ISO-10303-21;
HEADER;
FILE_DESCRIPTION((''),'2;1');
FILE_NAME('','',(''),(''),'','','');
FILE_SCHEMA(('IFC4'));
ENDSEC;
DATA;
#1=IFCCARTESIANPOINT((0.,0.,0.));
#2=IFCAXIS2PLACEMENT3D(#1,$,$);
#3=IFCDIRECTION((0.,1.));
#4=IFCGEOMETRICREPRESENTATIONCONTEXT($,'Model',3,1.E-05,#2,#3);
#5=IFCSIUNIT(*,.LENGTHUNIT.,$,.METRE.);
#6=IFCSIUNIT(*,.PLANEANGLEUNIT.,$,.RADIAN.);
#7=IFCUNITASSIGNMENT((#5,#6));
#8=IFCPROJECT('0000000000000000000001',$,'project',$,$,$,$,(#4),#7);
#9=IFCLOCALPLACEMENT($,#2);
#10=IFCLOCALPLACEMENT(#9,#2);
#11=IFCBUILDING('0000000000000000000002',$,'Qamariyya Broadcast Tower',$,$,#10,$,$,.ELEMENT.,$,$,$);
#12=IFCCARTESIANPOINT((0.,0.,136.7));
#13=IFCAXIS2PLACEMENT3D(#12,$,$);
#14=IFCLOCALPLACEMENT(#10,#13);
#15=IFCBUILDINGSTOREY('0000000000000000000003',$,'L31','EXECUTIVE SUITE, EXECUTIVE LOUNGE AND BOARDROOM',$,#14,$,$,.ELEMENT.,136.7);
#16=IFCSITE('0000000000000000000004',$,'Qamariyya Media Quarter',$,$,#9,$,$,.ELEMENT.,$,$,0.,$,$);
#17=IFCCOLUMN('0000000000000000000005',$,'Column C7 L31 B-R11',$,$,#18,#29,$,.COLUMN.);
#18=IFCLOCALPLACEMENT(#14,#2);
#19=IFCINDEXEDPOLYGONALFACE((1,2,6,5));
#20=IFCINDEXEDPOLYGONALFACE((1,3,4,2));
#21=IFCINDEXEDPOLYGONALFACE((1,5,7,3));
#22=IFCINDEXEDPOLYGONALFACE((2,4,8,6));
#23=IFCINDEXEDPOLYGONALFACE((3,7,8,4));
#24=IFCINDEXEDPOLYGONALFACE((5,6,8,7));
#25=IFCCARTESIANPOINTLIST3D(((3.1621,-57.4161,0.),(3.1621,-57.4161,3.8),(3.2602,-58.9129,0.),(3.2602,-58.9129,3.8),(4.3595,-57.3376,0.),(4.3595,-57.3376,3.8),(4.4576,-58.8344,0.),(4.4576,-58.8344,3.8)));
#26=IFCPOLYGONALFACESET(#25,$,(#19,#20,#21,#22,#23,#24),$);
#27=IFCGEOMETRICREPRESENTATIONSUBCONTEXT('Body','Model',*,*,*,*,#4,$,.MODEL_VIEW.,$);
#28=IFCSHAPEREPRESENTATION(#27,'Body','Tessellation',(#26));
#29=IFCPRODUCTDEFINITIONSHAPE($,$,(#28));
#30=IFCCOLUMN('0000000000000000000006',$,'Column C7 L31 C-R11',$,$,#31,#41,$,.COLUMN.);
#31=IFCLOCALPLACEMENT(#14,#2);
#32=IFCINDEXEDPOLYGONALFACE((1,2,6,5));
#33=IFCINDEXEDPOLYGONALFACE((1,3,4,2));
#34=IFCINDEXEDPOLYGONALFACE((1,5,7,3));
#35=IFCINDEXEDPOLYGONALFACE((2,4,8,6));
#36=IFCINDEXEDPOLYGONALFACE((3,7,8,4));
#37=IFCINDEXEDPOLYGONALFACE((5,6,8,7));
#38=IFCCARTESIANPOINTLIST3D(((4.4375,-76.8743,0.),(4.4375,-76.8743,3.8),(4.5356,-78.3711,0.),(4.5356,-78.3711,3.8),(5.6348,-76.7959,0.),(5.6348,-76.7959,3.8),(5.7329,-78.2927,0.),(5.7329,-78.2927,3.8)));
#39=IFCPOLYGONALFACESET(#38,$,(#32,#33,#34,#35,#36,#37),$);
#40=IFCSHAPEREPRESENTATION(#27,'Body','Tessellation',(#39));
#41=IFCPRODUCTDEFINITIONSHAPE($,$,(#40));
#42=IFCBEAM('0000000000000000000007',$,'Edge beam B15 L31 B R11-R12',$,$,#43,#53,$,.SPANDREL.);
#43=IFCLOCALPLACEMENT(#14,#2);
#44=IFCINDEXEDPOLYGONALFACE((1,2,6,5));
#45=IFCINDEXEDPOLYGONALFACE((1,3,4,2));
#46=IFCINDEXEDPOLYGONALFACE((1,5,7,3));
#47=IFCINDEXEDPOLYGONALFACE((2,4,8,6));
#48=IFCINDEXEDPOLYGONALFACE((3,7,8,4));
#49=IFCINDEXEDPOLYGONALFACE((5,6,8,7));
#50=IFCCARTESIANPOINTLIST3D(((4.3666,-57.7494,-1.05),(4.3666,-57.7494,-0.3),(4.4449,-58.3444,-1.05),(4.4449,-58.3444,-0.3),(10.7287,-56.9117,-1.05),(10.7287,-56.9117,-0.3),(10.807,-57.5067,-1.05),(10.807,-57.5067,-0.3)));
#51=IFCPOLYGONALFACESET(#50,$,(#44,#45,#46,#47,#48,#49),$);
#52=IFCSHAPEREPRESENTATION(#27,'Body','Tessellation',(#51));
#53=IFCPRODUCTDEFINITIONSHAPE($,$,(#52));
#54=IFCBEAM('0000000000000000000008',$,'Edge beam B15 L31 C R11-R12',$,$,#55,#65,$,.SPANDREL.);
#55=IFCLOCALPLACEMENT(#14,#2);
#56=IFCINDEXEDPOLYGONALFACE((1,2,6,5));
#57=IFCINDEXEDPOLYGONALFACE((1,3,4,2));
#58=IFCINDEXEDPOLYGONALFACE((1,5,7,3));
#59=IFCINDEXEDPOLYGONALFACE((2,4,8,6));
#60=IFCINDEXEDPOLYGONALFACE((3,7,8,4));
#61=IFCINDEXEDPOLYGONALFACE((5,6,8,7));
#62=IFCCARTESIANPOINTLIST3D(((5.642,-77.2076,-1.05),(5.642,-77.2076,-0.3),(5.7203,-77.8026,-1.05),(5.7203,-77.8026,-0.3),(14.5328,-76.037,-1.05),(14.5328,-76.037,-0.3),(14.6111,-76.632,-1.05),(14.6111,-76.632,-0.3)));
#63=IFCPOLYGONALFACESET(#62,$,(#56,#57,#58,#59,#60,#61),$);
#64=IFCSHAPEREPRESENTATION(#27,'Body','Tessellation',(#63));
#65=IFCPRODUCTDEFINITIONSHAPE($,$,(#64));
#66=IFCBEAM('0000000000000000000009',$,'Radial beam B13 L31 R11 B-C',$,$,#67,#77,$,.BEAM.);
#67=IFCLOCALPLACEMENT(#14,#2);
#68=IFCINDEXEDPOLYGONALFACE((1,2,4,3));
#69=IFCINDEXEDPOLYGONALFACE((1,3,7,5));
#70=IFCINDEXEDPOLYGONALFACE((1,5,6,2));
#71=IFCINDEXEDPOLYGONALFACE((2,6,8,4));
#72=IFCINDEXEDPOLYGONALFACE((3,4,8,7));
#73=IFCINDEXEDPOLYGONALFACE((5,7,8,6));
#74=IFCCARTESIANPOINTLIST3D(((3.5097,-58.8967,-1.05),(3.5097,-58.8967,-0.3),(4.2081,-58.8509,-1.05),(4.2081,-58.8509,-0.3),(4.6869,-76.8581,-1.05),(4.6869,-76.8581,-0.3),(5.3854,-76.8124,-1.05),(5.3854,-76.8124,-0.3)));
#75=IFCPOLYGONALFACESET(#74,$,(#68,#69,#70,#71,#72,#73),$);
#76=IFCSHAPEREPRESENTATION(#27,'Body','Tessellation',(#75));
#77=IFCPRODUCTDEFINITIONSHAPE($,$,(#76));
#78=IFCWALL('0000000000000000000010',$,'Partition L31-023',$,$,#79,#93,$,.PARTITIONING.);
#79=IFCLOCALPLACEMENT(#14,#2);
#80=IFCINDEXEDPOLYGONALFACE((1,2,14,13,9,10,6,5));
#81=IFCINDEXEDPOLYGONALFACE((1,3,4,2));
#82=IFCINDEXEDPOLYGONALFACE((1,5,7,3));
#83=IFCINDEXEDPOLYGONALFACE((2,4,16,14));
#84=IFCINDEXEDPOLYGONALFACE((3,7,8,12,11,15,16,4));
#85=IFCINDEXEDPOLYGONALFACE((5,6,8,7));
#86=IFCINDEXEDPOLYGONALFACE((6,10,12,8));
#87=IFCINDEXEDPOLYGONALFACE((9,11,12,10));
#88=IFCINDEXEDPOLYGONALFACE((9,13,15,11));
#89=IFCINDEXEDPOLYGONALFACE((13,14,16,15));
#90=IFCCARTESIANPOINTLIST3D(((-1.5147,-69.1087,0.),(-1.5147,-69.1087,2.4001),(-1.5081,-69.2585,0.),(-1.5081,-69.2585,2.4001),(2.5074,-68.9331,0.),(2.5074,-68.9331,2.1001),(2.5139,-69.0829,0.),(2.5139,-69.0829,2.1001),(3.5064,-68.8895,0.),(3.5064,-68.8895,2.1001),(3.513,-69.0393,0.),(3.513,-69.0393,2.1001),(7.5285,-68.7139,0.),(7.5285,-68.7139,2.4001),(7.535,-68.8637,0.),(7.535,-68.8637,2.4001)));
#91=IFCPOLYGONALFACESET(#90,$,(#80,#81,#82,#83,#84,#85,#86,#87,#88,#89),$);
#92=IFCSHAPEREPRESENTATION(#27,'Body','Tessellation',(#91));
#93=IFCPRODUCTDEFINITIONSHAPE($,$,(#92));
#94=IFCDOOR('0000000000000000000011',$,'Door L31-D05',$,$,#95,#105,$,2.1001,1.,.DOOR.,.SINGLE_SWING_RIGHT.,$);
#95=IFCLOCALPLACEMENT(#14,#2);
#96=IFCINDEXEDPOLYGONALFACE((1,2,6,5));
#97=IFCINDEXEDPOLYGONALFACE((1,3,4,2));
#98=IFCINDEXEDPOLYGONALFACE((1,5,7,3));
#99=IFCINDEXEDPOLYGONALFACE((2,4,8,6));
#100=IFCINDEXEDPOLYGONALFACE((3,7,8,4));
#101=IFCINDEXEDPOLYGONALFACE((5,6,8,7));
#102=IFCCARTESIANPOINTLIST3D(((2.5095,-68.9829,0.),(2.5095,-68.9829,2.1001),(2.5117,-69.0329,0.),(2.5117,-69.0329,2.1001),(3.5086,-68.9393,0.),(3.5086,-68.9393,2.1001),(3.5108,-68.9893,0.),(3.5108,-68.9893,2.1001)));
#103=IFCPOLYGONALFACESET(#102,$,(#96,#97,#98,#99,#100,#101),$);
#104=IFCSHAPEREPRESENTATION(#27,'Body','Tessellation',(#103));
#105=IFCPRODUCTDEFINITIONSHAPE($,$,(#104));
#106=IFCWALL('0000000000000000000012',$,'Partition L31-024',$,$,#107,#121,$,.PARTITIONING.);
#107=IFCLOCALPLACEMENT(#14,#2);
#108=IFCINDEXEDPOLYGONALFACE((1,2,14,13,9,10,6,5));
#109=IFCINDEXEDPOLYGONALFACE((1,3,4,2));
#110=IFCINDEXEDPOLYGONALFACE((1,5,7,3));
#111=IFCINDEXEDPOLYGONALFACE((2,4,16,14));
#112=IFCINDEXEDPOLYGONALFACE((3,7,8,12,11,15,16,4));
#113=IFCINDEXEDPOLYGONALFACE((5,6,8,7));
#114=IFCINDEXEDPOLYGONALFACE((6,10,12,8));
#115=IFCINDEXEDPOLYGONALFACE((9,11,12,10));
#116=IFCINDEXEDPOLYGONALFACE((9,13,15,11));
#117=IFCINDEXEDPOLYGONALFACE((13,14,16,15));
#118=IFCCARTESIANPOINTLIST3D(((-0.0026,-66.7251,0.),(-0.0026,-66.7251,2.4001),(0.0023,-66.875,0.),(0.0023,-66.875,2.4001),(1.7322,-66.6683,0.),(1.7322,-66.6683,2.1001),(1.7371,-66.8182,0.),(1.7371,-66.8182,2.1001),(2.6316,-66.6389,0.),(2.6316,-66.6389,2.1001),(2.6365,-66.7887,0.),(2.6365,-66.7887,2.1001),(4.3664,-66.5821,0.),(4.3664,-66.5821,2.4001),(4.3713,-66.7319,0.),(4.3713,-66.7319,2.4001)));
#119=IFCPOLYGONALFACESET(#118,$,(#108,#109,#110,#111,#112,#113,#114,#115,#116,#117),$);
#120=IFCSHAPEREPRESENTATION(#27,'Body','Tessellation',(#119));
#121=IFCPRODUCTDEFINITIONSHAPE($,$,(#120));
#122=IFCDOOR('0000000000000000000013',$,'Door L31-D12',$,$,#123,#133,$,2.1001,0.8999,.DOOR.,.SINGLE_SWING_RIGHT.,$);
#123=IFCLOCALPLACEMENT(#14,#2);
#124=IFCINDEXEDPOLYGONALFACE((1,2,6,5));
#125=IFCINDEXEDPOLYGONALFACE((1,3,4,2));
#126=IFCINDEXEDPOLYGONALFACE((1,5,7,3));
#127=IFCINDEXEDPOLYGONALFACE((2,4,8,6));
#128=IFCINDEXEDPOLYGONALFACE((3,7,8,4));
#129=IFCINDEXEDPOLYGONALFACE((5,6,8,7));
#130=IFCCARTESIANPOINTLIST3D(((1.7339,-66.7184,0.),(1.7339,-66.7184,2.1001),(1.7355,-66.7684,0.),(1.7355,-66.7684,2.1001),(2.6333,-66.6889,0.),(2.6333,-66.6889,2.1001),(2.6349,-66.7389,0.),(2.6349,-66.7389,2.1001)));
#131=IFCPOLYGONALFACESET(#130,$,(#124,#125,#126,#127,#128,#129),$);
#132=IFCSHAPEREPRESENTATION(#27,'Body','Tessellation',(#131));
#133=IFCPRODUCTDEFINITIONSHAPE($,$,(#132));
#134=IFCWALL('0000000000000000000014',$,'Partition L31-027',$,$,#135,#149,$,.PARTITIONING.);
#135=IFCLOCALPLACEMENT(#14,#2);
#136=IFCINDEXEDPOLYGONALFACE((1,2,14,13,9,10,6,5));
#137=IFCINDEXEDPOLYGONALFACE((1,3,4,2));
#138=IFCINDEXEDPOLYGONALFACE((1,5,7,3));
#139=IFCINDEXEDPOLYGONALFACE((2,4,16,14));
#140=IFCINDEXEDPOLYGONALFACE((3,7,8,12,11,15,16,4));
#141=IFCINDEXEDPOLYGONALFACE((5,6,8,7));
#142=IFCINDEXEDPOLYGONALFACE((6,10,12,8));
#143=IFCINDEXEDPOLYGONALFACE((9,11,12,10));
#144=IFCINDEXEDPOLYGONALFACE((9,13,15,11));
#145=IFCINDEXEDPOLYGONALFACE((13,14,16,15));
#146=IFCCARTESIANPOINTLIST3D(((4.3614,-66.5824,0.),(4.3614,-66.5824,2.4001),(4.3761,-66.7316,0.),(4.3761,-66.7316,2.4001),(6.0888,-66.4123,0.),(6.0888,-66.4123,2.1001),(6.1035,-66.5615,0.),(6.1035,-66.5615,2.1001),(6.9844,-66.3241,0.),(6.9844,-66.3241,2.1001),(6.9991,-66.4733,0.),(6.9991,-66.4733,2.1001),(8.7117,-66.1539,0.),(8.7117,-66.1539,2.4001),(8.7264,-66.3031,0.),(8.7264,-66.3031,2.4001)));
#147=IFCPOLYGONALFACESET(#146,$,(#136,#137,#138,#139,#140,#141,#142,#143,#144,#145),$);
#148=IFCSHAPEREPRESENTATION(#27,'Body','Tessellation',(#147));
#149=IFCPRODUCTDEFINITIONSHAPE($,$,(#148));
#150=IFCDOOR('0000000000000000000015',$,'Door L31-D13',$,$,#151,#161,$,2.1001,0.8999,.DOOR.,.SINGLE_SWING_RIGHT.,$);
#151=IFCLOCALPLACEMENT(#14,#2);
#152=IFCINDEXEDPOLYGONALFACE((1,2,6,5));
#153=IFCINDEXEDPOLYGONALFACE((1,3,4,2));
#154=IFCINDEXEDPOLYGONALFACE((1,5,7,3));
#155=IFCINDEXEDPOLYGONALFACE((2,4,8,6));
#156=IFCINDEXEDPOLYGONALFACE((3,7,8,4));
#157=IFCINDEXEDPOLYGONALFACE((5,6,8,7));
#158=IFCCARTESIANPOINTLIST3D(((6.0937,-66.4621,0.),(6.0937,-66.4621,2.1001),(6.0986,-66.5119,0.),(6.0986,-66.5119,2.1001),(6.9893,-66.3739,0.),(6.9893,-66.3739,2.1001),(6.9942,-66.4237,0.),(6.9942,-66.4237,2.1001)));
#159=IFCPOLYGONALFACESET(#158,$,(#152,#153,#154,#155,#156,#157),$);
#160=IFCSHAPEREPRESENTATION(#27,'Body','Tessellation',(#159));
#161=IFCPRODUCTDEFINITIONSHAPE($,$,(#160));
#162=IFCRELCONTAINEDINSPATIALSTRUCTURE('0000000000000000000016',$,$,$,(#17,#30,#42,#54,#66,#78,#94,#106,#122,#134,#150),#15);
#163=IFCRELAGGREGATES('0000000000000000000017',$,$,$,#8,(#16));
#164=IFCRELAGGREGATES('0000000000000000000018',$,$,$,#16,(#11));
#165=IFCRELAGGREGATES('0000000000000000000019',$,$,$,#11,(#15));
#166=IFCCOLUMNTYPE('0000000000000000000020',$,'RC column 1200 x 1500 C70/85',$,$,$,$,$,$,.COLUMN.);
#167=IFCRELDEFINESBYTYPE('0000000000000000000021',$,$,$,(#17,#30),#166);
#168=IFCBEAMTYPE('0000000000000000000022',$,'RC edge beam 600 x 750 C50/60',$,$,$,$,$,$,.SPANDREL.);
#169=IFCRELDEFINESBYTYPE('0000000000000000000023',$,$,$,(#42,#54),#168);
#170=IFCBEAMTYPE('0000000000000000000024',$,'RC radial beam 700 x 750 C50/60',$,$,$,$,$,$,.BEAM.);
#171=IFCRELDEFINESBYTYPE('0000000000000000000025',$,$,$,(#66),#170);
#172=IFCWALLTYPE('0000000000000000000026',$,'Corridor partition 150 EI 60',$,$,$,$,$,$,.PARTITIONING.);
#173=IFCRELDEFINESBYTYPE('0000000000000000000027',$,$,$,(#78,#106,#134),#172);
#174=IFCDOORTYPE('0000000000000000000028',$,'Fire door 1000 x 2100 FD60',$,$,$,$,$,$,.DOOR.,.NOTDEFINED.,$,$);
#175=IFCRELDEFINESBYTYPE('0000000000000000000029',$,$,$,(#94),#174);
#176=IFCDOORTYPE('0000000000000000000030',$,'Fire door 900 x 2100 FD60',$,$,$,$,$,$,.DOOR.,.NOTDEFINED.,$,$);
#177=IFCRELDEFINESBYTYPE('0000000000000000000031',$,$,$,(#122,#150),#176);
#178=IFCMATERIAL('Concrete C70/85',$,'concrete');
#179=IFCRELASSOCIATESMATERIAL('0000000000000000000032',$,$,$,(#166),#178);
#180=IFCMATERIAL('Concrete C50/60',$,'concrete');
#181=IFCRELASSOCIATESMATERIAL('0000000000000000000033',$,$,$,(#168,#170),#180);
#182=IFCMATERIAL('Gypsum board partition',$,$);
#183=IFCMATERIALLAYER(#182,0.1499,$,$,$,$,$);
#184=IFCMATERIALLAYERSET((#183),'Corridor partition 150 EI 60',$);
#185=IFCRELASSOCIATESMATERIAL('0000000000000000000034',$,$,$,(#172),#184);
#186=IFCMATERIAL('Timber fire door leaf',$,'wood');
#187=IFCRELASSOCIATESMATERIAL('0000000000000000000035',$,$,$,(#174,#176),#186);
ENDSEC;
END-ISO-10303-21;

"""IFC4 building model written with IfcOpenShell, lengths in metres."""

from ifc_helpers import new_model, si_unit, direction, frame, frame_2d, origin, origin_2d, place, context, subcontext, project, spatial, rectangle, extrude, material, layer, layer_set, material_profile, profile_set, type_object, element, fill, save


model = new_model("IFC4")

# Units and contexts
model_context = context("Model", 3, precision=1e-05, world=origin(), true_north=direction((0.0, 1.0)))
body_context = subcontext(model_context, "Body", "Model", "MODEL_VIEW")
ifc_project = project(units=[si_unit("LENGTHUNIT", "METRE"), si_unit("PLANEANGLEUNIT", "RADIAN")], contexts=[model_context])

# Site, building, storey
site_placement = place(None, origin())
site = spatial("IfcSite", under=ifc_project, at=site_placement, Name="Qamariyya Media Quarter", CompositionType="ELEMENT", RefElevation=0.0)
building_placement = place(site_placement, origin())
building = spatial("IfcBuilding", under=site, at=building_placement, Name="Qamariyya Broadcast Tower", CompositionType="ELEMENT")
storey_placement = place(building_placement, frame((0.0, 0.0, 136.7)))
storey = spatial("IfcBuildingStorey", under=building, at=storey_placement, Name="L31", Description="EXECUTIVE SUITE, EXECUTIVE LOUNGE AND BOARDROOM", CompositionType="ELEMENT", Elevation=136.7)

# Columns
ifc_material_1 = material(Name="Concrete C70/85", Category="concrete")
ifc_material_profile_1 = material_profile(ifc_material_1, rectangle(XDim=1.2, YDim=1.5, at=origin_2d()))
ifc_profile_set_1 = profile_set([ifc_material_profile_1], Name="Concrete C70/85")
column_type = type_object("IfcColumnType", Name="RC column 1200 x 1500 C70/85", PredefinedType="COLUMN", material=ifc_profile_set_1)
for number, where, z_axis, x_axis, name in (
    (1, (3.8098, -58.1252, 0.0), (0.0, 0.0, 1.0), (0.997859, 0.065403, 0.0), "Column C7 L31 B-R11"),
    (2, (5.0852, -77.5835, 0.0), (0.0, 0.0, 1.0), (0.997859, 0.065403, 0.0), "Column C7 L31 C-R11"),
):
    element("IfcColumn", number, at=place(storey_placement, frame(where, z_axis=z_axis, x_axis=x_axis)), inside=storey, type_object=column_type, Name=name, PredefinedType="COLUMN", context=body_context, shape_type="SweptSolid", body=[
        extrude(rectangle(XDim=1.2, YDim=1.5, at=origin_2d()), origin(), (0.0, 0.0, 1.0), 3.8),
    ])

# Beams
ifc_material_2 = material(Name="Concrete C50/60", Category="concrete")
ifc_material_profile_2 = material_profile(ifc_material_2, rectangle(XDim=0.6001, YDim=0.75, at=origin_2d()))
ifc_profile_set_2 = profile_set([ifc_material_profile_2], Name="Concrete C50/60")
beam_type_1 = type_object("IfcBeamType", Name="RC edge beam 600 x 750 C50/60", PredefinedType="SPANDREL", material=ifc_profile_set_2)
beam_1_placement = place(storey_placement, frame((4.4058, -58.0469, -0.675), z_axis=(0.991444, 0.130536, 0.0), x_axis=(-0.130536, 0.991444, 0.0)))
element("IfcBeam", 3, at=beam_1_placement, inside=storey, type_object=beam_type_1, Name="Edge beam B15 L31 B R11-R12", PredefinedType="SPANDREL", context=body_context, shape_type="SweptSolid", body=[
    extrude(rectangle(XDim=0.6001, YDim=0.75, at=origin_2d()), origin(), (0.0, 0.0, 1.0), 6.417),
])
beam_2_placement = place(storey_placement, frame((5.6812, -77.5051, -0.675), z_axis=(0.991443, 0.130543, 0.0), x_axis=(-0.130543, 0.991443, 0.0)))
element("IfcBeam", 4, at=beam_2_placement, inside=storey, type_object=beam_type_1, Name="Edge beam B15 L31 C R11-R12", PredefinedType="SPANDREL", context=body_context, shape_type="SweptSolid", body=[
    extrude(rectangle(XDim=0.6001, YDim=0.75, at=origin_2d()), origin(), (0.0, 0.0, 1.0), 8.9675),
])
ifc_material_profile_3 = material_profile(ifc_material_2, rectangle(XDim=0.7, YDim=0.75, at=origin_2d()))
ifc_profile_set_3 = profile_set([ifc_material_profile_3], Name="Concrete C50/60")
beam_type_2 = type_object("IfcBeamType", Name="RC radial beam 700 x 750 C50/60", PredefinedType="BEAM", material=ifc_profile_set_3)
beam_3_placement = place(storey_placement, frame((3.8589, -58.8738, -0.675), z_axis=(0.065403, -0.997859, 0.0), x_axis=(0.997859, 0.065403, 0.0)))
element("IfcBeam", 5, at=beam_3_placement, inside=storey, type_object=beam_type_2, Name="Radial beam B13 L31 R11 B-C", PredefinedType="BEAM", context=body_context, shape_type="SweptSolid", body=[
    extrude(rectangle(XDim=0.7, YDim=0.75, at=origin_2d()), origin(), (0.0, 0.0, 1.0), 18.0),
])

# Walls, openings, doors
ifc_material_3 = material(Name="Gypsum board partition")
ifc_layer_1 = layer(ifc_material_3, 0.1499)
ifc_layer_set_1 = layer_set([ifc_layer_1], Name="Corridor partition 150 EI 60")
wall_type_1 = type_object("IfcWallType", Name="Corridor partition 150 EI 60", PredefinedType="PARTITIONING", material=ifc_layer_set_1)
wall_1_placement = place(storey_placement, frame((7.5317, -68.7888, 0.0), z_axis=(0.0, 0.0, 1.0), x_axis=(-0.999049, -0.043613, 0.0)))
wall_1 = element("IfcWall", 6, at=wall_1_placement, inside=storey, type_object=wall_type_1, Name="Partition L31-023", PredefinedType="PARTITIONING", context=body_context, shape_type="SweptSolid", body=[
    extrude(rectangle(XDim=9.0518, YDim=0.1499, at=frame_2d((4.5259, 0.0))), origin(), (0.0, 0.0, 1.0), 2.4001),
])
opening_1_placement = place(wall_1_placement, frame((4.0259, 0.0, 0.0)))
opening_1 = element("IfcOpeningElement", 7, at=opening_1_placement, cuts=wall_1, PredefinedType="OPENING", context=body_context, shape_type="SweptSolid", body=[
    extrude(rectangle(XDim=1.0, YDim=2.1001, at=frame_2d((0.5, 1.05))), frame((0.0, 0.085, 0.0), z_axis=(0.0, -1.0, 0.0), x_axis=(1.0, 0.0, 0.0)), (0.0, 0.0, 1.0), 0.1699),
])
ifc_material_4 = material(Name="Timber fire door leaf", Category="wood")
door_type_1 = type_object("IfcDoorType", Name="Fire door 1000 x 2100 FD60", OperationType="NOTDEFINED", PredefinedType="DOOR", material=ifc_material_4)
door_1_placement = place(opening_1_placement, origin())
door_1 = element("IfcDoor", 8, at=door_1_placement, inside=storey, type_object=door_type_1, Name="Door L31-D05", OperationType="SINGLE_SWING_RIGHT", OverallHeight=2.1001, OverallWidth=1.0, PredefinedType="DOOR", context=body_context, shape_type="SweptSolid", body=[
    extrude(rectangle(XDim=1.0, YDim=2.1001, at=frame_2d((0.5, 1.05))), frame((0.0, 0.0249, 0.0), z_axis=(0.0, -1.0, 0.0), x_axis=(1.0, 0.0, 0.0)), (0.0, 0.0, 1.0), 0.05),
])
fill(opening_1, door_1)
wall_2_placement = place(storey_placement, frame((0.0, -66.8, 0.0), z_axis=(0.0, 0.0, 1.0), x_axis=(0.999464, 0.032729, 0.0)))
wall_2 = element("IfcWall", 9, at=wall_2_placement, inside=storey, type_object=wall_type_1, Name="Partition L31-024", PredefinedType="PARTITIONING", context=body_context, shape_type="SweptSolid", body=[
    extrude(rectangle(XDim=4.3713, YDim=0.1499, at=frame_2d((2.1855, 0.0))), origin(), (0.0, 0.0, 1.0), 2.4001),
])
opening_2_placement = place(wall_2_placement, frame((1.7356, 0.0, 0.0)))
opening_2 = element("IfcOpeningElement", 10, at=opening_2_placement, cuts=wall_2, PredefinedType="OPENING", context=body_context, shape_type="SweptSolid", body=[
    extrude(rectangle(XDim=0.8999, YDim=2.1001, at=frame_2d((0.45, 1.05))), frame((0.0, 0.085, 0.0), z_axis=(0.0, -1.0, 0.0), x_axis=(1.0, 0.0, 0.0)), (0.0, 0.0, 1.0), 0.1699),
])
door_type_2 = type_object("IfcDoorType", Name="Fire door 900 x 2100 FD60", OperationType="NOTDEFINED", PredefinedType="DOOR", material=ifc_material_4)
door_2_placement = place(opening_2_placement, origin())
door_2 = element("IfcDoor", 11, at=door_2_placement, inside=storey, type_object=door_type_2, Name="Door L31-D12", OperationType="SINGLE_SWING_RIGHT", OverallHeight=2.1001, OverallWidth=0.8999, PredefinedType="DOOR", context=body_context, shape_type="SweptSolid", body=[
    extrude(rectangle(XDim=0.8999, YDim=2.1001, at=frame_2d((0.45, 1.05))), frame((0.0, 0.0249, 0.0), z_axis=(0.0, -1.0, 0.0), x_axis=(1.0, 0.0, 0.0)), (0.0, 0.0, 1.0), 0.05),
])
fill(opening_2, door_2)
wall_3_placement = place(storey_placement, frame((4.3689, -66.657, 0.0), z_axis=(0.0, 0.0, 1.0), x_axis=(0.995185, 0.098016, 0.0)))
wall_3 = element("IfcWall", 12, at=wall_3_placement, inside=storey, type_object=wall_type_1, Name="Partition L31-027", PredefinedType="PARTITIONING", context=body_context, shape_type="SweptSolid", body=[
    extrude(rectangle(XDim=4.3713, YDim=0.1499, at=frame_2d((2.1855, 0.0))), origin(), (0.0, 0.0, 1.0), 2.4001),
])
opening_3_placement = place(wall_3_placement, frame((1.7356, 0.0, 0.0)))
opening_3 = element("IfcOpeningElement", 13, at=opening_3_placement, cuts=wall_3, PredefinedType="OPENING", context=body_context, shape_type="SweptSolid", body=[
    extrude(rectangle(XDim=0.8999, YDim=2.1001, at=frame_2d((0.45, 1.05))), frame((0.0, 0.085, 0.0), z_axis=(0.0, -1.0, 0.0), x_axis=(1.0, 0.0, 0.0)), (0.0, 0.0, 1.0), 0.1699),
])
door_3_placement = place(opening_3_placement, origin())
door_3 = element("IfcDoor", 14, at=door_3_placement, inside=storey, type_object=door_type_2, Name="Door L31-D13", OperationType="SINGLE_SWING_RIGHT", OverallHeight=2.1001, OverallWidth=0.8999, PredefinedType="DOOR", context=body_context, shape_type="SweptSolid", body=[
    extrude(rectangle(XDim=0.8999, YDim=2.1001, at=frame_2d((0.45, 1.05))), frame((0.0, 0.0249, 0.0), z_axis=(0.0, -1.0, 0.0), x_axis=(1.0, 0.0, 0.0)), (0.0, 0.0, 1.0), 0.05),
])
fill(opening_3, door_3)

save(model, "model.ifc")
